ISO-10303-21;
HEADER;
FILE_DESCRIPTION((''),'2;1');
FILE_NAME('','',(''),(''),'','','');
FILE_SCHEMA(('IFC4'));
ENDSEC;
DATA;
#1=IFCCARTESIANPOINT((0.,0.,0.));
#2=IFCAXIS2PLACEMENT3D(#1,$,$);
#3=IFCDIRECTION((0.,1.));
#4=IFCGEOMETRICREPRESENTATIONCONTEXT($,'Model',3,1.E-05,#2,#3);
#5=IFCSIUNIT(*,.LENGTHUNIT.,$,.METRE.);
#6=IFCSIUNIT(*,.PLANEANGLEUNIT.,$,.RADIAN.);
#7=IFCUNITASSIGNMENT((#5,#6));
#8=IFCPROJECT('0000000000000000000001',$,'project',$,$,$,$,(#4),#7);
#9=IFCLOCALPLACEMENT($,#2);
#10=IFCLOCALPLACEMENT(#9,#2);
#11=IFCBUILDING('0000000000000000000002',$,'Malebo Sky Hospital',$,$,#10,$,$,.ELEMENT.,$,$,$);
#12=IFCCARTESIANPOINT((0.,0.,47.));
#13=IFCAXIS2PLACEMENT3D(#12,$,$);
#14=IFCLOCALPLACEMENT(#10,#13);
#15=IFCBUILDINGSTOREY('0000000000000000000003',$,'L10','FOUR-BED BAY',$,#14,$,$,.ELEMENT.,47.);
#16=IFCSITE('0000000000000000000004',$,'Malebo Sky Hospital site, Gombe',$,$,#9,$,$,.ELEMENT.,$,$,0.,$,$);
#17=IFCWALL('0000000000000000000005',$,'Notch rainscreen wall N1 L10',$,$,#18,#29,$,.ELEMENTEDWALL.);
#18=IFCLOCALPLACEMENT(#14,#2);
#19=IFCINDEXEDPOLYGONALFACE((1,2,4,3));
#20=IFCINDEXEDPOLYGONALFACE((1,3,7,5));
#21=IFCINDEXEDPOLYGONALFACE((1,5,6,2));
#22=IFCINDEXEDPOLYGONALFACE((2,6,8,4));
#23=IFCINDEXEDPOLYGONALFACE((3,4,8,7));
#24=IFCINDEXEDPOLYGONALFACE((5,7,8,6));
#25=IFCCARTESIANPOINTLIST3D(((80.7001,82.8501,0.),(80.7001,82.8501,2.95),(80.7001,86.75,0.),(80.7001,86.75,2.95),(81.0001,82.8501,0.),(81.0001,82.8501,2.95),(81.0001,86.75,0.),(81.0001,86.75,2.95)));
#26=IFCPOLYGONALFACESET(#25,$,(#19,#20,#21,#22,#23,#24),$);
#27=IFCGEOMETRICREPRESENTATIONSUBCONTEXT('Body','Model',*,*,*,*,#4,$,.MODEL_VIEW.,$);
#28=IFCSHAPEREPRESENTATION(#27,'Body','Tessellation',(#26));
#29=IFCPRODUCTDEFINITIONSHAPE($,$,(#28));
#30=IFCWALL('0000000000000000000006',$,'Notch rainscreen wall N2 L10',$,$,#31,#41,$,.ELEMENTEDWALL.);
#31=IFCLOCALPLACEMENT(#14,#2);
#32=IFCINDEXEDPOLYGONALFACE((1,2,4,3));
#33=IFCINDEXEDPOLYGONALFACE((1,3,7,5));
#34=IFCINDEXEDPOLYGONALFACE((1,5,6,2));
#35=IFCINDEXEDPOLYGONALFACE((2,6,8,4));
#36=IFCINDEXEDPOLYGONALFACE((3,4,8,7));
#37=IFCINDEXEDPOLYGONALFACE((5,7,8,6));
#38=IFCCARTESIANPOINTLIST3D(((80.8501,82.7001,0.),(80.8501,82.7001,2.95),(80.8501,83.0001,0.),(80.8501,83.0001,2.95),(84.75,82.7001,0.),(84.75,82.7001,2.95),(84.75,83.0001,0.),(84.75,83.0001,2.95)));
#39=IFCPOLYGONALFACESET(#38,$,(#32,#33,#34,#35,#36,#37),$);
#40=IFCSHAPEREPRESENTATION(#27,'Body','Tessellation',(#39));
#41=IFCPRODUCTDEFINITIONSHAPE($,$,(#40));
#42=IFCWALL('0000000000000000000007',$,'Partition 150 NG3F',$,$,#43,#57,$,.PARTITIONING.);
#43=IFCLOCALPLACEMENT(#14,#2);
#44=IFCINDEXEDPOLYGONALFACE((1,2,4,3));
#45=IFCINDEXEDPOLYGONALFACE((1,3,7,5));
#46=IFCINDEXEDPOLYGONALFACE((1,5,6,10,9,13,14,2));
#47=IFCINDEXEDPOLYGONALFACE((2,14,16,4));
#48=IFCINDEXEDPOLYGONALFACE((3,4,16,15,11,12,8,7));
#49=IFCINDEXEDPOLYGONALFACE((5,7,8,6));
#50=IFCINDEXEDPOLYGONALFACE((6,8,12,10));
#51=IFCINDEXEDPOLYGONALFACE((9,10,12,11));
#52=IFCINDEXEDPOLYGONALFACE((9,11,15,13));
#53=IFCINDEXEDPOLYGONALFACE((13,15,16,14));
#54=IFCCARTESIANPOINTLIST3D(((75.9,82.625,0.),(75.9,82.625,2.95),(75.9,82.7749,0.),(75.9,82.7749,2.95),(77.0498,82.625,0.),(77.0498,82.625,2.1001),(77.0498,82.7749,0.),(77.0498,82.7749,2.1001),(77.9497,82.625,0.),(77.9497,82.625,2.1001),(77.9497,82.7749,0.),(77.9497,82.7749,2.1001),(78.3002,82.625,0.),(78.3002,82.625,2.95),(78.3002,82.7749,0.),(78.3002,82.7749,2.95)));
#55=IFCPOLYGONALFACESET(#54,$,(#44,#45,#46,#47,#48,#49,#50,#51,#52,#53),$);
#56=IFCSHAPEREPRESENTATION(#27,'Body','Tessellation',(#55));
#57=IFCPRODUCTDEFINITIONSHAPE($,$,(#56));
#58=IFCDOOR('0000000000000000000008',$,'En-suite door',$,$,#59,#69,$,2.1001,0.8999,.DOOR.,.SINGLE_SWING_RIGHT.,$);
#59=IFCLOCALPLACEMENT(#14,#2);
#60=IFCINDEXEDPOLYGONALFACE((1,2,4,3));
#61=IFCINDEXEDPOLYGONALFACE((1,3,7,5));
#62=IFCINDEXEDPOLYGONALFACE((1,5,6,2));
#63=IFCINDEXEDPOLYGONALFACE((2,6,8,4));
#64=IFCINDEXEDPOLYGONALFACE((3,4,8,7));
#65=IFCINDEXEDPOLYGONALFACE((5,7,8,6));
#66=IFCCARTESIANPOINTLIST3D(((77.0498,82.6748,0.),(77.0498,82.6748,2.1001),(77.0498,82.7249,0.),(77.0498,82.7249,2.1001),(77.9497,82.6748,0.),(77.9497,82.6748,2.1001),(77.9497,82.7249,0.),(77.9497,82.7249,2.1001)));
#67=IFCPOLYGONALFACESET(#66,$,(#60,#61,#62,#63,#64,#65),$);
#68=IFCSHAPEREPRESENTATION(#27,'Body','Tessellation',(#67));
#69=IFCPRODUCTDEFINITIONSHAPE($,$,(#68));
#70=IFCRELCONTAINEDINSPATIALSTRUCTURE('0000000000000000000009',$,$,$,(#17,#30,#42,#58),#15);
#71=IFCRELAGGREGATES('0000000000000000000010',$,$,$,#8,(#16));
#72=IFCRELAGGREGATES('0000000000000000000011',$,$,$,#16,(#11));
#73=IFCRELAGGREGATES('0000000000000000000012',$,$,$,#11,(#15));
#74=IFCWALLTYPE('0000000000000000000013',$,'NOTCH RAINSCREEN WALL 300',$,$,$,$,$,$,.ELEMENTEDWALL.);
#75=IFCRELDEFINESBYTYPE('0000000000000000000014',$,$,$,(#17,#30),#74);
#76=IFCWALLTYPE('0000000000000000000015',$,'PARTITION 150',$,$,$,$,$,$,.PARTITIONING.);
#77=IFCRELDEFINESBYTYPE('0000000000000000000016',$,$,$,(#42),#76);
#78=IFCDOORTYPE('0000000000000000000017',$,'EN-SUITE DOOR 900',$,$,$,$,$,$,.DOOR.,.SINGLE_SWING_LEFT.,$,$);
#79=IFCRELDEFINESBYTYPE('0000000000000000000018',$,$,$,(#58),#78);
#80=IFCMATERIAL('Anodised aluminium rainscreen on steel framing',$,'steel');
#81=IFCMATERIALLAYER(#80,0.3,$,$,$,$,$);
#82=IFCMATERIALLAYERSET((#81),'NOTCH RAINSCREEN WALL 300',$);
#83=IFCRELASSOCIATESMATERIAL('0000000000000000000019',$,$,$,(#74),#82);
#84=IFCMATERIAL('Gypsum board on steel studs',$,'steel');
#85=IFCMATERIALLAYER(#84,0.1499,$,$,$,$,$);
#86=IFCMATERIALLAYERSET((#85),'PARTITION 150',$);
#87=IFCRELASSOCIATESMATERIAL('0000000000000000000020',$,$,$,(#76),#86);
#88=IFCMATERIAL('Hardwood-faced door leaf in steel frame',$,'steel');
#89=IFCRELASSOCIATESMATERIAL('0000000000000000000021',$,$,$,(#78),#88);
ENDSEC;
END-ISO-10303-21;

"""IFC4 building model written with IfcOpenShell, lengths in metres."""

from ifc_helpers import new_model, si_unit, direction, frame, frame_2d, origin, place, context, subcontext, project, spatial, rectangle, extrude, material, layer, layer_set, type_object, element, fill, save


model = new_model("IFC4")

# Units and contexts
model_context = context("Model", 3, precision=1e-05, world=origin(), true_north=direction((0.0, 1.0)))
body_context = subcontext(model_context, "Body", "Model", "MODEL_VIEW")
ifc_project = project(units=[si_unit("LENGTHUNIT", "METRE"), si_unit("PLANEANGLEUNIT", "RADIAN")], contexts=[model_context])

# Site, building, storey
site_placement = place(None, origin())
site = spatial("IfcSite", under=ifc_project, at=site_placement, Name="Malebo Sky Hospital site, Gombe", CompositionType="ELEMENT", RefElevation=0.0)
building_placement = place(site_placement, origin())
building = spatial("IfcBuilding", under=site, at=building_placement, Name="Malebo Sky Hospital", CompositionType="ELEMENT")
storey_placement = place(building_placement, frame((0.0, 0.0, 47.0)))
storey = spatial("IfcBuildingStorey", under=building, at=storey_placement, Name="L10", Description="FOUR-BED BAY", CompositionType="ELEMENT", Elevation=47.0)

# Walls
ifc_material_1 = material(Name="Anodised aluminium rainscreen on steel framing", Category="steel")
ifc_layer_1 = layer(ifc_material_1, 0.3)
ifc_layer_set_1 = layer_set([ifc_layer_1], Name="NOTCH RAINSCREEN WALL 300")
wall_type_1 = type_object("IfcWallType", Name="NOTCH RAINSCREEN WALL 300", PredefinedType="ELEMENTEDWALL", material=ifc_layer_set_1)
for number, where, z_axis, x_axis, name in (
    (1, (80.8501, 86.75, 0.0), (0.0, 0.0, 1.0), (0.0, -1.0, 0.0), "Notch rainscreen wall N1 L10"),
    (2, (80.8501, 82.8501, 0.0), (0.0, 0.0, 1.0), (1.0, 0.0, 0.0), "Notch rainscreen wall N2 L10"),
):
    element("IfcWall", number, at=place(storey_placement, frame(where, z_axis=z_axis, x_axis=x_axis)), inside=storey, type_object=wall_type_1, Name=name, PredefinedType="ELEMENTEDWALL", context=body_context, shape_type="SweptSolid", body=[
        extrude(rectangle(XDim=3.8999, YDim=0.3, at=frame_2d((1.95, 0.0))), origin(), (0.0, 0.0, 1.0), 2.95),
    ])

# Wall, opening, door
ifc_material_2 = material(Name="Gypsum board on steel studs", Category="steel")
ifc_layer_2 = layer(ifc_material_2, 0.1499)
ifc_layer_set_2 = layer_set([ifc_layer_2], Name="PARTITION 150")
wall_type_2 = type_object("IfcWallType", Name="PARTITION 150", PredefinedType="PARTITIONING", material=ifc_layer_set_2)
wall_placement = place(storey_placement, frame((75.8999, 82.7, 0.0), z_axis=(0.0, 0.0, 1.0), x_axis=(1.0, 0.0, 0.0)))
wall = element("IfcWall", 3, at=wall_placement, inside=storey, type_object=wall_type_2, Name="Partition 150 NG3F", PredefinedType="PARTITIONING", context=body_context, shape_type="SweptSolid", body=[
    extrude(rectangle(XDim=2.4001, YDim=0.1499, at=frame_2d((1.2002, 0.0))), origin(), (0.0, 0.0, 1.0), 2.95),
])
opening_placement = place(wall_placement, frame((1.1499, 0.0, 0.0)))
opening = element("IfcOpeningElement", 4, at=opening_placement, cuts=wall, PredefinedType="OPENING", context=body_context, shape_type="SweptSolid", body=[
    extrude(rectangle(XDim=0.8999, YDim=2.1001, at=frame_2d((0.45, 1.05))), frame((0.0, 0.085, 0.0), z_axis=(0.0, -1.0, 0.0), x_axis=(1.0, 0.0, 0.0)), (0.0, 0.0, 1.0), 0.1699),
])
ifc_material_3 = material(Name="Hardwood-faced door leaf in steel frame", Category="steel")
door_type = type_object("IfcDoorType", Name="EN-SUITE DOOR 900", OperationType="SINGLE_SWING_LEFT", PredefinedType="DOOR", material=ifc_material_3)
door_placement = place(opening_placement, origin())
door = element("IfcDoor", 5, at=door_placement, inside=storey, type_object=door_type, Name="En-suite door", OperationType="SINGLE_SWING_RIGHT", OverallHeight=2.1001, OverallWidth=0.8999, PredefinedType="DOOR", context=body_context, shape_type="SweptSolid", body=[
    extrude(rectangle(XDim=0.8999, YDim=2.1001, at=frame_2d((0.45, 1.05))), frame((0.0, 0.0249, 0.0), z_axis=(0.0, -1.0, 0.0), x_axis=(1.0, 0.0, 0.0)), (0.0, 0.0, 1.0), 0.05),
])
fill(opening, door)

save(model, "model.ifc")
